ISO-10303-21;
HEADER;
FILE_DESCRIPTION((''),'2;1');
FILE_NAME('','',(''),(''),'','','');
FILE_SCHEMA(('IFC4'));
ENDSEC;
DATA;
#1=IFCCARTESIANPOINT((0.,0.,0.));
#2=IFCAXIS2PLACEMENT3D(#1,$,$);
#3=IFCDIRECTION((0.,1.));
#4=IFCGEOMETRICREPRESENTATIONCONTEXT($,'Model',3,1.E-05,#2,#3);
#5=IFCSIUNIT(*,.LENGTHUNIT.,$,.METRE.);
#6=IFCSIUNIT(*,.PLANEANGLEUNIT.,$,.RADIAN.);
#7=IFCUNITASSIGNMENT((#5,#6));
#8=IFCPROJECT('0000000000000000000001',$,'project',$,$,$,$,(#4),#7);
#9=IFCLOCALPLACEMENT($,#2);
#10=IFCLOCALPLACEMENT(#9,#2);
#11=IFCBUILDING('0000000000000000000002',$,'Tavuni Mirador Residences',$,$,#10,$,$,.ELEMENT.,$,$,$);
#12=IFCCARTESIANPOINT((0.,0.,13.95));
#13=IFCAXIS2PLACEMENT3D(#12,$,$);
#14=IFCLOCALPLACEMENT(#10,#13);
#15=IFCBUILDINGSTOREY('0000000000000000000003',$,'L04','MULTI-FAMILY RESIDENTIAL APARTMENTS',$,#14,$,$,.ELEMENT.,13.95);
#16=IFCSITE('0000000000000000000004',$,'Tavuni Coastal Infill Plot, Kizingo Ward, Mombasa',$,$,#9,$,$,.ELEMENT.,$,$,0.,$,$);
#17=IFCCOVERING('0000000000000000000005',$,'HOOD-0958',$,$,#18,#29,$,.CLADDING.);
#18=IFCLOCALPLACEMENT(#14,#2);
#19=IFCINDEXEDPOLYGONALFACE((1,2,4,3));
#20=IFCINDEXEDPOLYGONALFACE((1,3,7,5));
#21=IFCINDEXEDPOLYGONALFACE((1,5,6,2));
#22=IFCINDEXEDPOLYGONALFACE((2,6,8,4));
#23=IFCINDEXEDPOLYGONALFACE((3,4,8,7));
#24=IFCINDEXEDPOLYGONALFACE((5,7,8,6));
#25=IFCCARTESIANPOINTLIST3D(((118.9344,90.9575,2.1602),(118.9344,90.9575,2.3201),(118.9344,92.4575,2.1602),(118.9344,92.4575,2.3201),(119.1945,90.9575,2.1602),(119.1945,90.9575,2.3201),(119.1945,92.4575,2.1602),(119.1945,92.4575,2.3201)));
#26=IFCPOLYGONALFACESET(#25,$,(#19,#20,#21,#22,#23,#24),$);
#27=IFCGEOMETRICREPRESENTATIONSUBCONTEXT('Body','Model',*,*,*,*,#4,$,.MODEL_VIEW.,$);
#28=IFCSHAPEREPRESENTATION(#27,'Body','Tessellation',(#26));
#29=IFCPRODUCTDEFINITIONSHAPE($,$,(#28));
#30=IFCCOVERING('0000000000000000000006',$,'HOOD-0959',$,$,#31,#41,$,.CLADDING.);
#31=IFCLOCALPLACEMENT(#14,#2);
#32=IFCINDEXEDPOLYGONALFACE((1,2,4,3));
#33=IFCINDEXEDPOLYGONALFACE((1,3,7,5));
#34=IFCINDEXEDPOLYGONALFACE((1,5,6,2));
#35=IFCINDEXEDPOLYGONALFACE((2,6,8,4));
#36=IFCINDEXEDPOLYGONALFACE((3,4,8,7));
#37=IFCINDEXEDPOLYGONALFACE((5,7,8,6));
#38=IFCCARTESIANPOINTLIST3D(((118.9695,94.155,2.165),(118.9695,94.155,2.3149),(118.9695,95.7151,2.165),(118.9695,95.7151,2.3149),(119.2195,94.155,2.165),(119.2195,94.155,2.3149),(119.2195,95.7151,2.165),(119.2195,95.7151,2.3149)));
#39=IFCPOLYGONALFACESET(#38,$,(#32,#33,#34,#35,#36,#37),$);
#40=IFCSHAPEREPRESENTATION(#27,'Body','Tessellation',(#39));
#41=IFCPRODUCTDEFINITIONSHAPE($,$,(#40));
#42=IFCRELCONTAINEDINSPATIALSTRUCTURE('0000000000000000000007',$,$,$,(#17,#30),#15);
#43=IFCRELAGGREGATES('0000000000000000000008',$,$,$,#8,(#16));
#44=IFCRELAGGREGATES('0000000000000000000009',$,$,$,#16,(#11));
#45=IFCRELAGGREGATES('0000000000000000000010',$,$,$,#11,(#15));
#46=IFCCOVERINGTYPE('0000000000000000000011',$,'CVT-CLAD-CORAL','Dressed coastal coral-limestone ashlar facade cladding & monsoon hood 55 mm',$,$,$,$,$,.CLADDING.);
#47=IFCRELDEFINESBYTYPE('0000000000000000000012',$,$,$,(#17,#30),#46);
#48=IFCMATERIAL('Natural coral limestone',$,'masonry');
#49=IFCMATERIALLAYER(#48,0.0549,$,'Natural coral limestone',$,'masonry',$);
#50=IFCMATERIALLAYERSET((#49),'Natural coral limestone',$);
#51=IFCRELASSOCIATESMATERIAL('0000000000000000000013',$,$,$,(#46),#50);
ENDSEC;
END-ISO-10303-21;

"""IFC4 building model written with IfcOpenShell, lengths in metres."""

from ifc_helpers import new_model, si_unit, direction, frame, origin, origin_2d, place, context, subcontext, project, spatial, rectangle, extrude, material, layer, layer_set, type_object, element, save


model = new_model("IFC4")

# Units and contexts
model_context = context("Model", 3, precision=1e-05, world=origin(), true_north=direction((0.0, 1.0)))
body_context = subcontext(model_context, "Body", "Model", "MODEL_VIEW")
ifc_project = project(units=[si_unit("LENGTHUNIT", "METRE"), si_unit("PLANEANGLEUNIT", "RADIAN")], contexts=[model_context])

# Site, building, storey
site_placement = place(None, origin())
site = spatial("IfcSite", under=ifc_project, at=site_placement, Name="Tavuni Coastal Infill Plot, Kizingo Ward, Mombasa", CompositionType="ELEMENT", RefElevation=0.0)
building_placement = place(site_placement, origin())
building = spatial("IfcBuilding", under=site, at=building_placement, Name="Tavuni Mirador Residences", CompositionType="ELEMENT")
storey_placement = place(building_placement, frame((0.0, 0.0, 13.95)))
storey = spatial("IfcBuildingStorey", under=building, at=storey_placement, Name="L04", Description="MULTI-FAMILY RESIDENTIAL APARTMENTS", CompositionType="ELEMENT", Elevation=13.95)

# Coverings
ifc_material_1 = material(Name="Natural coral limestone", Category="masonry")
ifc_layer_1 = layer(ifc_material_1, 0.0549, Name="Natural coral limestone", Category="masonry")
ifc_layer_set_1 = layer_set([ifc_layer_1], Name="Natural coral limestone")
covering_type = type_object("IfcCoveringType", Name="CVT-CLAD-CORAL", Description="Dressed coastal coral-limestone ashlar facade cladding & monsoon hood 55 mm", PredefinedType="CLADDING", material=ifc_layer_set_1)
covering_1_placement = place(storey_placement, frame((119.0645, 91.7075, 2.1602), z_axis=(0.0, 0.0, 1.0), x_axis=(0.0, 1.0, 0.0)))
element("IfcCovering", 1, at=covering_1_placement, inside=storey, type_object=covering_type, Name="HOOD-0958", PredefinedType="CLADDING", context=body_context, shape_type="SweptSolid", body=[
    extrude(rectangle(XDim=1.5, YDim=0.26, at=origin_2d()), origin(), (0.0, 0.0, 1.0), 0.1599),
])
covering_2_placement = place(storey_placement, frame((119.0945, 94.9351, 2.165), z_axis=(0.0, 0.0, 1.0), x_axis=(0.0, 1.0, 0.0)))
element("IfcCovering", 2, at=covering_2_placement, inside=storey, type_object=covering_type, Name="HOOD-0959", PredefinedType="CLADDING", context=body_context, shape_type="SweptSolid", body=[
    extrude(rectangle(XDim=1.5601, YDim=0.25, at=origin_2d()), origin(), (0.0, 0.0, 1.0), 0.1499),
])

save(model, "model.ifc")
